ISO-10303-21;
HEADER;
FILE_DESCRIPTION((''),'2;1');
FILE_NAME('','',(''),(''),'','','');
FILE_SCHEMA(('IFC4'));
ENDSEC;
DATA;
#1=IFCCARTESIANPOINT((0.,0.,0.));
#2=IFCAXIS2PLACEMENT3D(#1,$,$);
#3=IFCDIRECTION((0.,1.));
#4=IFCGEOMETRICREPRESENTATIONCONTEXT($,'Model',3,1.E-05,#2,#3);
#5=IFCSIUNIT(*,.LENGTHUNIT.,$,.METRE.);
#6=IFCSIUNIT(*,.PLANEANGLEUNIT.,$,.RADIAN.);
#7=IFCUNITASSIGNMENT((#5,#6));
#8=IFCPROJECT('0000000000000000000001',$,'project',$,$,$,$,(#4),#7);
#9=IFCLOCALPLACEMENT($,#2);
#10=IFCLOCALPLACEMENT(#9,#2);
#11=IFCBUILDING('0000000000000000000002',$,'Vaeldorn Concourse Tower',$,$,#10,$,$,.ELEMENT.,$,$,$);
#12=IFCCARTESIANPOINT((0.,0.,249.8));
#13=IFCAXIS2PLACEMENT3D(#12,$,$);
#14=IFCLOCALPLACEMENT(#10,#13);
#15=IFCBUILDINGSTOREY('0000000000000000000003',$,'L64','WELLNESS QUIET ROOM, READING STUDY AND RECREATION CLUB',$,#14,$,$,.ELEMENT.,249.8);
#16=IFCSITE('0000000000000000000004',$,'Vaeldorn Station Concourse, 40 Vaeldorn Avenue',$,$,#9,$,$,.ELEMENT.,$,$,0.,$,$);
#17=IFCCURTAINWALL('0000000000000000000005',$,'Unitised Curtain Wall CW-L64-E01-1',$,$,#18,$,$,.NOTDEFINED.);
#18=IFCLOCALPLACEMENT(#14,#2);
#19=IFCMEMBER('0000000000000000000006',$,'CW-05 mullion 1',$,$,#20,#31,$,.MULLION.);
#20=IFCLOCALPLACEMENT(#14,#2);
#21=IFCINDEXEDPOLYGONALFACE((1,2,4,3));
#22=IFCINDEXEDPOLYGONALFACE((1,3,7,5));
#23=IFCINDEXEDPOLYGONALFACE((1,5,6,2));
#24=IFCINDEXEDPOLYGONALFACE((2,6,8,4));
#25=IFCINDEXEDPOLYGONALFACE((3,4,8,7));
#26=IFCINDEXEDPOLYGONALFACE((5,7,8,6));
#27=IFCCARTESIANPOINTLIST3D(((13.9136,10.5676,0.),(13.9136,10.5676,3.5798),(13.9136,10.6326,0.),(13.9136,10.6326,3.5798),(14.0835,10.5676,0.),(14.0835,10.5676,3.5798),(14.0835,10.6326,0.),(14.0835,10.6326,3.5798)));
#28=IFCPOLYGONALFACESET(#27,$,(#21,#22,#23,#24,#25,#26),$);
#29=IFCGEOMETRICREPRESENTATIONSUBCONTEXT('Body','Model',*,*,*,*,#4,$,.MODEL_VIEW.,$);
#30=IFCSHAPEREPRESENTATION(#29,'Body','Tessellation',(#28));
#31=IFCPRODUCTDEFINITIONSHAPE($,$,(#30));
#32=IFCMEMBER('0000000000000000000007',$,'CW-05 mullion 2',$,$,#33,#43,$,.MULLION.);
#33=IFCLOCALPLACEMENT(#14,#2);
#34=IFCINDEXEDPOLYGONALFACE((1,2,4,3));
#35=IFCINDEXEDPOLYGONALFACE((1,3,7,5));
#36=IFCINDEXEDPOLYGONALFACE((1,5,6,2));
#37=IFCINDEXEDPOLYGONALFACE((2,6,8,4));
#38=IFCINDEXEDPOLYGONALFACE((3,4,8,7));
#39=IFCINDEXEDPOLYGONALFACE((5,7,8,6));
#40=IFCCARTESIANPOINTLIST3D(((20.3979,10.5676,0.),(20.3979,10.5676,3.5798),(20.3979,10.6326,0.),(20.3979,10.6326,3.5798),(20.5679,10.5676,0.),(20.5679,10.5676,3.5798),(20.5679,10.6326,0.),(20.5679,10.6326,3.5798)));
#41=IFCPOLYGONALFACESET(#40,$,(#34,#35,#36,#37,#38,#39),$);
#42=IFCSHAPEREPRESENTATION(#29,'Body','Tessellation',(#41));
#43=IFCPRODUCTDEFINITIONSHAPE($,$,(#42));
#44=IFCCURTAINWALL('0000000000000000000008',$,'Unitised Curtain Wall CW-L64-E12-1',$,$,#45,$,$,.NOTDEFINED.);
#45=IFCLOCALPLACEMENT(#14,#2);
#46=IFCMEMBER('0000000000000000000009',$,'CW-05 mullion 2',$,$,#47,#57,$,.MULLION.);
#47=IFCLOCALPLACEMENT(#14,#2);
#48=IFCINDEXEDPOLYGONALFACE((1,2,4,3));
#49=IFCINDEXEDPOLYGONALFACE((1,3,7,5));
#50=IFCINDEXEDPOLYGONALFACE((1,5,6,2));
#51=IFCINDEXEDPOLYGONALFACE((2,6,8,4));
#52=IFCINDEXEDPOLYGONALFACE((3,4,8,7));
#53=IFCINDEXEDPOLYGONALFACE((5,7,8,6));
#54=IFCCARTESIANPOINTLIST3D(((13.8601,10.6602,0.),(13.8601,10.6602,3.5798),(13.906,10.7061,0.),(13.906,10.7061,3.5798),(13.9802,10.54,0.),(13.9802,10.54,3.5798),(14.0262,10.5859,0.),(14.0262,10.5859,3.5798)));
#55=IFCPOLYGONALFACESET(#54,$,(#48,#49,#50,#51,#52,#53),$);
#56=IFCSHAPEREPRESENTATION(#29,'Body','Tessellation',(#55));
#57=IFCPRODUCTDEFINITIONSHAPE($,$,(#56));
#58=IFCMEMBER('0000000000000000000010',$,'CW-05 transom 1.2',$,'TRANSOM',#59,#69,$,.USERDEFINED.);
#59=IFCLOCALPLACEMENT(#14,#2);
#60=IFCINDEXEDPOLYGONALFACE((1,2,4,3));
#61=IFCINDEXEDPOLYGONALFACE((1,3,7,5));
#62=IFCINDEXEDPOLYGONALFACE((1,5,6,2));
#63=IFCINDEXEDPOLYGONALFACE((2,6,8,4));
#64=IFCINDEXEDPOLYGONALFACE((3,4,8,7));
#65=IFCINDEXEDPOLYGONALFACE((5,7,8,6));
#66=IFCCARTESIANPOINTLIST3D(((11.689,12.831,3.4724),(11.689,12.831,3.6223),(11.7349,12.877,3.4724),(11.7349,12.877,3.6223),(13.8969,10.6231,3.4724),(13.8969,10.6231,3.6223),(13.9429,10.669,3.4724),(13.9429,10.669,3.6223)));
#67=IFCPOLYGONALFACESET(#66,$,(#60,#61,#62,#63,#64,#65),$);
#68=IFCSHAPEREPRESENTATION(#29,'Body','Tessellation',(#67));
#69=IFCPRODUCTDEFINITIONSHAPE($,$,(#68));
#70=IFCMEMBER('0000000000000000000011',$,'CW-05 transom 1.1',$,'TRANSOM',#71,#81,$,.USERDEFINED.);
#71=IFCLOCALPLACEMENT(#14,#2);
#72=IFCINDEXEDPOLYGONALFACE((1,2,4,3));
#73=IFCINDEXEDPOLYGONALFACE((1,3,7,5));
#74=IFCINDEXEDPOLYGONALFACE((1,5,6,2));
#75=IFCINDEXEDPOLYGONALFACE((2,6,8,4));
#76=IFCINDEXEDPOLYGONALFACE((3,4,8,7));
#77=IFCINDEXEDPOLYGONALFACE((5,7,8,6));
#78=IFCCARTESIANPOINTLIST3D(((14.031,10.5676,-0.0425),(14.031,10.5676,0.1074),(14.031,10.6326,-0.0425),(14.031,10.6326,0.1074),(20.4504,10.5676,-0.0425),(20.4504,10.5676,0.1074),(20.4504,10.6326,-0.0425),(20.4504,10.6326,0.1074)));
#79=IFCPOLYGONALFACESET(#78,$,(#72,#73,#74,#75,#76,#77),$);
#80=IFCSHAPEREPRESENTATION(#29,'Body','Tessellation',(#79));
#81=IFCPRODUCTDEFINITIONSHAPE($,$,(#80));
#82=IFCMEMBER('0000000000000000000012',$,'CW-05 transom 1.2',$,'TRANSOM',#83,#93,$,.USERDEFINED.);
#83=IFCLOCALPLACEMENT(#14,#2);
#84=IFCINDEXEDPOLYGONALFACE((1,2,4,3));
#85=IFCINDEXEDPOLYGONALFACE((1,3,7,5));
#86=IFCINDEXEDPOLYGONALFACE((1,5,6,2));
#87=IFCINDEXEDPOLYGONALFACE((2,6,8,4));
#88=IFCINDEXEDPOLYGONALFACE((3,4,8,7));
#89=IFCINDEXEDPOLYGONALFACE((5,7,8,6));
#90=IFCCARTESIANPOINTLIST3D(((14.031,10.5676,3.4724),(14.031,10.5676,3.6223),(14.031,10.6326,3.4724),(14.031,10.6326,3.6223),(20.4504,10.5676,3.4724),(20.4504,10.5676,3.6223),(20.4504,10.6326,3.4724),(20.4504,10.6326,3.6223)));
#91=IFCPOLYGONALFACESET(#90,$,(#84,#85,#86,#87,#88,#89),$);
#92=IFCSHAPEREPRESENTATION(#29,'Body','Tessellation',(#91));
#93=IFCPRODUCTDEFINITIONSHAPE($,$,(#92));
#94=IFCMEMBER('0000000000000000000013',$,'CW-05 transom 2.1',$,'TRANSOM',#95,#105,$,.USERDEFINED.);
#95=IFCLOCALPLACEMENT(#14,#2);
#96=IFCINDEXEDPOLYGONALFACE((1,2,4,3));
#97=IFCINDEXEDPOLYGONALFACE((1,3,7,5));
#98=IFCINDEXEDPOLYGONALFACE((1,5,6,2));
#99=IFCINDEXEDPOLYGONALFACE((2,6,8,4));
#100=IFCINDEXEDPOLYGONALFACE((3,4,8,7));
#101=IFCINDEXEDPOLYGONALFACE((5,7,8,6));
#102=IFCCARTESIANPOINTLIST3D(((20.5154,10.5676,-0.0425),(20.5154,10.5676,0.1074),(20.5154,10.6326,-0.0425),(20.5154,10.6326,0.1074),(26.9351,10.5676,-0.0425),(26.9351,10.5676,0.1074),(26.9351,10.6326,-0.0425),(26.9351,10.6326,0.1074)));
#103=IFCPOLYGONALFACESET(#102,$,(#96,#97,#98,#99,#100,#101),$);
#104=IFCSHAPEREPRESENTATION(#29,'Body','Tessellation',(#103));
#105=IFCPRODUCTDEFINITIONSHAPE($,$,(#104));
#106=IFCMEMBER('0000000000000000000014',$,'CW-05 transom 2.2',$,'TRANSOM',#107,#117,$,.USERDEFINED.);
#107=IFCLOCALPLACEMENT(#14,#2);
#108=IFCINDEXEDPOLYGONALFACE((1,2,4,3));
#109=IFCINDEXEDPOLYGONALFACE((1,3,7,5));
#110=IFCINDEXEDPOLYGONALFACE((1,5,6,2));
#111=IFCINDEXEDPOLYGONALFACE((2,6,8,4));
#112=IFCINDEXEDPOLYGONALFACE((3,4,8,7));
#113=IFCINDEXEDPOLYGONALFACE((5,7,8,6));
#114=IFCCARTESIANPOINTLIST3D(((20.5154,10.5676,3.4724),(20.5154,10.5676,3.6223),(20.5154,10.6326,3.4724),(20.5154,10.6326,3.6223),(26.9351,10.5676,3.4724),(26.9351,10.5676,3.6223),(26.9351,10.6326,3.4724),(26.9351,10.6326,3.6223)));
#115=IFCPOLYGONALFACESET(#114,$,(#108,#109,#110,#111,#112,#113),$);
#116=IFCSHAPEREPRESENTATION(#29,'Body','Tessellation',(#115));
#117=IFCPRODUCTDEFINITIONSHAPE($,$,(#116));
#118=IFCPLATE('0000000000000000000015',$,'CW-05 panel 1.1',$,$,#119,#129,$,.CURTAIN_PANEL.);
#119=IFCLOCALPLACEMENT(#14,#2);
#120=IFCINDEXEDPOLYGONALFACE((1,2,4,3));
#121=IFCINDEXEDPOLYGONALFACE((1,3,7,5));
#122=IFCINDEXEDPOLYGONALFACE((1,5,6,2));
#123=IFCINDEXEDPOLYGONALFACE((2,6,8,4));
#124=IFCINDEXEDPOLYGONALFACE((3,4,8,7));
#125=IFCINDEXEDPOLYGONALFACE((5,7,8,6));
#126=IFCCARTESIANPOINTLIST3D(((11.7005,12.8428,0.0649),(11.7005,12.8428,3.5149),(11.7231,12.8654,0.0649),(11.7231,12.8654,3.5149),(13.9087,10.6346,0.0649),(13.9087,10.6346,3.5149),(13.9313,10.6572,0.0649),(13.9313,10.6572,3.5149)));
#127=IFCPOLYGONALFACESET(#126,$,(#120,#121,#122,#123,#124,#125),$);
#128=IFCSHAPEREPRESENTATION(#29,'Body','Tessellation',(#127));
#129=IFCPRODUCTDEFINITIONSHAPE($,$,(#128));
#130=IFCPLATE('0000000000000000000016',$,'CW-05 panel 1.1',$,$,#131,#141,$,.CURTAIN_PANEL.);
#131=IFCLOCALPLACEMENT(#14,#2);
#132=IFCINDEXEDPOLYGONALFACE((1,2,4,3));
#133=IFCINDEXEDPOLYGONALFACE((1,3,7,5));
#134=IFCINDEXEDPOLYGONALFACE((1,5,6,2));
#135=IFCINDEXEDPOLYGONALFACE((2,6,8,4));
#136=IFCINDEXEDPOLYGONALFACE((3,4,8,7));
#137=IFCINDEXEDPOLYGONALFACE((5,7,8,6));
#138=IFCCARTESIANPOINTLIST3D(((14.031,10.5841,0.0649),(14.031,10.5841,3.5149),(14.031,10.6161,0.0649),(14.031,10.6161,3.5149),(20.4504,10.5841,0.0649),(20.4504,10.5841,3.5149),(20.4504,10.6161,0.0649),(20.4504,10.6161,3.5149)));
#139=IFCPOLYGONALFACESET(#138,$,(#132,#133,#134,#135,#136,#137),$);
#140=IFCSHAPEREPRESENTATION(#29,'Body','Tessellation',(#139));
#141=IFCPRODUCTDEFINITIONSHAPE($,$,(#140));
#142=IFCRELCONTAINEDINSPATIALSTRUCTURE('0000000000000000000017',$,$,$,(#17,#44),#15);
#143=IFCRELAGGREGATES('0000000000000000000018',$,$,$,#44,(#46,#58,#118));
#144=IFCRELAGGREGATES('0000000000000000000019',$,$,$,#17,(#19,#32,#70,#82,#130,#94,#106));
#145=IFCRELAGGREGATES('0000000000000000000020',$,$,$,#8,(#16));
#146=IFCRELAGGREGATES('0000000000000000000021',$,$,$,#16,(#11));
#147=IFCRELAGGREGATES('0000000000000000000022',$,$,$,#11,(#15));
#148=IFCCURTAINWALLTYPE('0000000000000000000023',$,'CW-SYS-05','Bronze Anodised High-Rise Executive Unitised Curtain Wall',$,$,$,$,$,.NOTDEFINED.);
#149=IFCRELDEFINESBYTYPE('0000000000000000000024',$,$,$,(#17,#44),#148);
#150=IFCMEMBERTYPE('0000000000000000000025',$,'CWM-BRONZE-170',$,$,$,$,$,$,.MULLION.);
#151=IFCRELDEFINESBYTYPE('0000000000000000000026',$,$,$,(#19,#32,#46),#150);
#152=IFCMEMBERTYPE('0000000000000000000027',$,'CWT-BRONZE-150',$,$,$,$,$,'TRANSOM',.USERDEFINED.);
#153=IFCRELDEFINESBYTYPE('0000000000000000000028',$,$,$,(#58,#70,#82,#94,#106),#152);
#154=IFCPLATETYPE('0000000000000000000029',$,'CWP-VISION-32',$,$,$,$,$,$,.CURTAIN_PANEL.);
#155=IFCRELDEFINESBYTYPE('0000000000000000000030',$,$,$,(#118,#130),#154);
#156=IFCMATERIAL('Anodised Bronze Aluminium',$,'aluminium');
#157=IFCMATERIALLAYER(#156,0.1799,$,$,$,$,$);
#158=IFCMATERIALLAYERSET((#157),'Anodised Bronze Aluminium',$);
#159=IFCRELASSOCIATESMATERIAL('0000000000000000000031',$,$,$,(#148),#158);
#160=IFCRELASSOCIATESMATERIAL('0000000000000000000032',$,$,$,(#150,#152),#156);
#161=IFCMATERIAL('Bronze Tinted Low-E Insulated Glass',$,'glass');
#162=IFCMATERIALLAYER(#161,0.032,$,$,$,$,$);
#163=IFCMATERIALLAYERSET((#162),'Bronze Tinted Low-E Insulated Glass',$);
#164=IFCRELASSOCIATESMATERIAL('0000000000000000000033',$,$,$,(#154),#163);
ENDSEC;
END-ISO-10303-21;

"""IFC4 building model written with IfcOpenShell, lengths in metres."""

from ifc_helpers import new_model, si_unit, direction, frame, origin, origin_2d, place, context, subcontext, project, spatial, rectangle, extrude, source, transform, mapped, material, layer, layer_set, material_profile, profile_set, type_object, element, aggregate, save


model = new_model("IFC4")

# Units and contexts
model_context = context("Model", 3, precision=1e-05, world=origin(), true_north=direction((0.0, 1.0)))
body_context = subcontext(model_context, "Body", "Model", "MODEL_VIEW")
ifc_project = project(units=[si_unit("LENGTHUNIT", "METRE"), si_unit("PLANEANGLEUNIT", "RADIAN")], contexts=[model_context])

# Site, building, storey
site_placement = place(None, origin())
site = spatial("IfcSite", under=ifc_project, at=site_placement, Name="Vaeldorn Station Concourse, 40 Vaeldorn Avenue", CompositionType="ELEMENT", RefElevation=0.0)
building_placement = place(site_placement, origin())
building = spatial("IfcBuilding", under=site, at=building_placement, Name="Vaeldorn Concourse Tower", CompositionType="ELEMENT")
storey_placement = place(building_placement, frame((0.0, 0.0, 249.8)))
storey = spatial("IfcBuildingStorey", under=building, at=storey_placement, Name="L64", Description="WELLNESS QUIET ROOM, READING STUDY AND RECREATION CLUB", CompositionType="ELEMENT", Elevation=249.8)

# Curtain walls, members
ifc_material_1 = material(Name="Anodised Bronze Aluminium", Category="aluminium")
ifc_layer_1 = layer(ifc_material_1, 0.1799)
ifc_layer_set_1 = layer_set([ifc_layer_1], Name="Anodised Bronze Aluminium")
curtain_wall_type = type_object("IfcCurtainWallType", Name="CW-SYS-05", Description="Bronze Anodised High-Rise Executive Unitised Curtain Wall", PredefinedType="NOTDEFINED", material=ifc_layer_set_1)
curtain_wall_1_placement = place(storey_placement, origin())
curtain_wall_1 = element("IfcCurtainWall", 1, at=curtain_wall_1_placement, inside=storey, type_object=curtain_wall_type, Name="Unitised Curtain Wall CW-L64-E01-1", PredefinedType="NOTDEFINED")
ifc_material_profile_1 = material_profile(ifc_material_1, rectangle(XDim=0.0649, YDim=0.1699, at=origin_2d()), Name="CWM 65x170")
ifc_profile_set_1 = profile_set([ifc_material_profile_1], Name="Anodised Bronze Aluminium")
member_type_1 = type_object("IfcMemberType", Name="CWM-BRONZE-170", PredefinedType="MULLION", material=ifc_profile_set_1)
shared_shape_1 = source(origin(), body_context, "Body", "SweptSolid", [
    extrude(rectangle(XDim=0.0649, YDim=0.1699, at=origin_2d()), origin(), (0.0, 0.0, 1.0), 3.5798),
])
member_1_placement = place(storey_placement, frame((13.9985, 10.6001, 0.0), z_axis=(0.0, 0.0, 1.0), x_axis=(0.0, 1.0, 0.0)))
member_1 = element("IfcMember", 2, at=member_1_placement, type_object=member_type_1, Name="CW-05 mullion 1", PredefinedType="MULLION", context=body_context, shape_type="MappedRepresentation", body=[
    mapped(shared_shape_1, transform((0.0, 0.0, 0.0), scale=1.0)),
])
member_2_placement = place(storey_placement, frame((20.4829, 10.6001, 0.0), z_axis=(0.0, 0.0, 1.0), x_axis=(0.0, 1.0, 0.0)))
member_2 = element("IfcMember", 3, at=member_2_placement, type_object=member_type_1, Name="CW-05 mullion 2", PredefinedType="MULLION", context=body_context, shape_type="MappedRepresentation", body=[
    mapped(shared_shape_1, transform((0.0, 0.0, 0.0), scale=1.0)),
])
curtain_wall_2_placement = place(storey_placement, origin())
curtain_wall_2 = element("IfcCurtainWall", 4, at=curtain_wall_2_placement, inside=storey, type_object=curtain_wall_type, Name="Unitised Curtain Wall CW-L64-E12-1", PredefinedType="NOTDEFINED")
member_3_placement = place(storey_placement, frame((13.9431, 10.623, 0.0), z_axis=(0.0, 0.0, 1.0), x_axis=(0.707107, 0.707107, 0.0)))
member_3 = element("IfcMember", 5, at=member_3_placement, type_object=member_type_1, Name="CW-05 mullion 2", PredefinedType="MULLION", context=body_context, shape_type="MappedRepresentation", body=[
    mapped(shared_shape_1, transform((0.0, 0.0, 0.0), scale=1.0)),
])
ifc_material_profile_2 = material_profile(ifc_material_1, rectangle(XDim=0.0649, YDim=0.1499, at=origin_2d()), Name="CWT 65x150")
ifc_profile_set_2 = profile_set([ifc_material_profile_2], Name="Anodised Bronze Aluminium")
member_type_2 = type_object("IfcMemberType", Name="CWT-BRONZE-150", ElementType="TRANSOM", PredefinedType="USERDEFINED", material=ifc_profile_set_2)
shared_shape_2 = source(origin(), body_context, "Body", "SweptSolid", [
    extrude(rectangle(XDim=0.0649, YDim=0.1499, at=origin_2d()), origin(), (0.0, 0.0, 1.0), 3.1226),
])
member_4_placement = place(storey_placement, frame((11.7119, 12.854, 3.5474), z_axis=(0.707107, -0.707107, 0.0), x_axis=(0.707107, 0.707107, 0.0)))
member_4 = element("IfcMember", 6, at=member_4_placement, type_object=member_type_2, Name="CW-05 transom 1.2", ObjectType="TRANSOM", PredefinedType="USERDEFINED", context=body_context, shape_type="MappedRepresentation", body=[
    mapped(shared_shape_2, transform((0.0, 0.0, 0.0), scale=1.0)),
])

# Members
shared_shape_3 = source(origin(), body_context, "Body", "SweptSolid", [
    extrude(rectangle(XDim=0.0649, YDim=0.1499, at=origin_2d()), origin(), (0.0, 0.0, 1.0), 6.4194),
])
member_5_placement = place(storey_placement, frame((14.031, 10.6001, 0.0325), z_axis=(1.0, 0.0, 0.0), x_axis=(0.0, 1.0, 0.0)))
member_5 = element("IfcMember", 7, at=member_5_placement, type_object=member_type_2, Name="CW-05 transom 1.1", ObjectType="TRANSOM", PredefinedType="USERDEFINED", context=body_context, shape_type="MappedRepresentation", body=[
    mapped(shared_shape_3, transform((0.0, 0.0, 0.0), scale=1.0)),
])
member_6_placement = place(storey_placement, frame((14.031, 10.6001, 3.5474), z_axis=(1.0, 0.0, 0.0), x_axis=(0.0, 1.0, 0.0)))
member_6 = element("IfcMember", 8, at=member_6_placement, type_object=member_type_2, Name="CW-05 transom 1.2", ObjectType="TRANSOM", PredefinedType="USERDEFINED", context=body_context, shape_type="MappedRepresentation", body=[
    mapped(shared_shape_3, transform((0.0, 0.0, 0.0), scale=1.0)),
])
shared_shape_4 = source(origin(), body_context, "Body", "SweptSolid", [
    extrude(rectangle(XDim=0.0649, YDim=0.1499, at=origin_2d()), origin(), (0.0, 0.0, 1.0), 6.4197),
])
member_7_placement = place(storey_placement, frame((20.5154, 10.6001, 0.0325), z_axis=(1.0, 0.0, 0.0), x_axis=(0.0, 1.0, 0.0)))
member_7 = element("IfcMember", 9, at=member_7_placement, type_object=member_type_2, Name="CW-05 transom 2.1", ObjectType="TRANSOM", PredefinedType="USERDEFINED", context=body_context, shape_type="MappedRepresentation", body=[
    mapped(shared_shape_4, transform((0.0, 0.0, 0.0), scale=1.0)),
])
member_8_placement = place(storey_placement, frame((20.5154, 10.6001, 3.5474), z_axis=(1.0, 0.0, 0.0), x_axis=(0.0, 1.0, 0.0)))
member_8 = element("IfcMember", 10, at=member_8_placement, type_object=member_type_2, Name="CW-05 transom 2.2", ObjectType="TRANSOM", PredefinedType="USERDEFINED", context=body_context, shape_type="MappedRepresentation", body=[
    mapped(shared_shape_4, transform((0.0, 0.0, 0.0), scale=1.0)),
])

# Plates
ifc_material_2 = material(Name="Bronze Tinted Low-E Insulated Glass", Category="glass")
ifc_layer_2 = layer(ifc_material_2, 0.032)
ifc_layer_set_2 = layer_set([ifc_layer_2], Name="Bronze Tinted Low-E Insulated Glass")
plate_type = type_object("IfcPlateType", Name="CWP-VISION-32", PredefinedType="CURTAIN_PANEL", material=ifc_layer_set_2)
shared_shape_5 = source(origin(), body_context, "Body", "SweptSolid", [
    extrude(rectangle(XDim=3.1228, YDim=0.032, at=origin_2d()), origin(), (0.0, 0.0, 1.0), 3.45),
])
plate_1_placement = place(storey_placement, frame((12.8159, 11.75, 0.0649), z_axis=(0.0, 0.0, 1.0), x_axis=(0.707107, -0.707107, 0.0)))
plate_1 = element("IfcPlate", 11, at=plate_1_placement, type_object=plate_type, Name="CW-05 panel 1.1", PredefinedType="CURTAIN_PANEL", context=body_context, shape_type="MappedRepresentation", body=[
    mapped(shared_shape_5, transform((0.0, 0.0, 0.0), scale=1.0)),
])
aggregate(curtain_wall_2, [member_3, member_4, plate_1])
shared_shape_6 = source(origin(), body_context, "Body", "SweptSolid", [
    extrude(rectangle(XDim=6.4194, YDim=0.032, at=origin_2d()), origin(), (0.0, 0.0, 1.0), 3.45),
])
plate_2_placement = place(storey_placement, frame((17.2407, 10.6001, 0.0649), z_axis=(0.0, 0.0, 1.0), x_axis=(1.0, 0.0, 0.0)))
plate_2 = element("IfcPlate", 12, at=plate_2_placement, type_object=plate_type, Name="CW-05 panel 1.1", PredefinedType="CURTAIN_PANEL", context=body_context, shape_type="MappedRepresentation", body=[
    mapped(shared_shape_6, transform((0.0, 0.0, 0.0), scale=1.0)),
])
aggregate(curtain_wall_1, [member_1, member_2, member_5, member_6, plate_2, member_7, member_8])

save(model, "model.ifc")
